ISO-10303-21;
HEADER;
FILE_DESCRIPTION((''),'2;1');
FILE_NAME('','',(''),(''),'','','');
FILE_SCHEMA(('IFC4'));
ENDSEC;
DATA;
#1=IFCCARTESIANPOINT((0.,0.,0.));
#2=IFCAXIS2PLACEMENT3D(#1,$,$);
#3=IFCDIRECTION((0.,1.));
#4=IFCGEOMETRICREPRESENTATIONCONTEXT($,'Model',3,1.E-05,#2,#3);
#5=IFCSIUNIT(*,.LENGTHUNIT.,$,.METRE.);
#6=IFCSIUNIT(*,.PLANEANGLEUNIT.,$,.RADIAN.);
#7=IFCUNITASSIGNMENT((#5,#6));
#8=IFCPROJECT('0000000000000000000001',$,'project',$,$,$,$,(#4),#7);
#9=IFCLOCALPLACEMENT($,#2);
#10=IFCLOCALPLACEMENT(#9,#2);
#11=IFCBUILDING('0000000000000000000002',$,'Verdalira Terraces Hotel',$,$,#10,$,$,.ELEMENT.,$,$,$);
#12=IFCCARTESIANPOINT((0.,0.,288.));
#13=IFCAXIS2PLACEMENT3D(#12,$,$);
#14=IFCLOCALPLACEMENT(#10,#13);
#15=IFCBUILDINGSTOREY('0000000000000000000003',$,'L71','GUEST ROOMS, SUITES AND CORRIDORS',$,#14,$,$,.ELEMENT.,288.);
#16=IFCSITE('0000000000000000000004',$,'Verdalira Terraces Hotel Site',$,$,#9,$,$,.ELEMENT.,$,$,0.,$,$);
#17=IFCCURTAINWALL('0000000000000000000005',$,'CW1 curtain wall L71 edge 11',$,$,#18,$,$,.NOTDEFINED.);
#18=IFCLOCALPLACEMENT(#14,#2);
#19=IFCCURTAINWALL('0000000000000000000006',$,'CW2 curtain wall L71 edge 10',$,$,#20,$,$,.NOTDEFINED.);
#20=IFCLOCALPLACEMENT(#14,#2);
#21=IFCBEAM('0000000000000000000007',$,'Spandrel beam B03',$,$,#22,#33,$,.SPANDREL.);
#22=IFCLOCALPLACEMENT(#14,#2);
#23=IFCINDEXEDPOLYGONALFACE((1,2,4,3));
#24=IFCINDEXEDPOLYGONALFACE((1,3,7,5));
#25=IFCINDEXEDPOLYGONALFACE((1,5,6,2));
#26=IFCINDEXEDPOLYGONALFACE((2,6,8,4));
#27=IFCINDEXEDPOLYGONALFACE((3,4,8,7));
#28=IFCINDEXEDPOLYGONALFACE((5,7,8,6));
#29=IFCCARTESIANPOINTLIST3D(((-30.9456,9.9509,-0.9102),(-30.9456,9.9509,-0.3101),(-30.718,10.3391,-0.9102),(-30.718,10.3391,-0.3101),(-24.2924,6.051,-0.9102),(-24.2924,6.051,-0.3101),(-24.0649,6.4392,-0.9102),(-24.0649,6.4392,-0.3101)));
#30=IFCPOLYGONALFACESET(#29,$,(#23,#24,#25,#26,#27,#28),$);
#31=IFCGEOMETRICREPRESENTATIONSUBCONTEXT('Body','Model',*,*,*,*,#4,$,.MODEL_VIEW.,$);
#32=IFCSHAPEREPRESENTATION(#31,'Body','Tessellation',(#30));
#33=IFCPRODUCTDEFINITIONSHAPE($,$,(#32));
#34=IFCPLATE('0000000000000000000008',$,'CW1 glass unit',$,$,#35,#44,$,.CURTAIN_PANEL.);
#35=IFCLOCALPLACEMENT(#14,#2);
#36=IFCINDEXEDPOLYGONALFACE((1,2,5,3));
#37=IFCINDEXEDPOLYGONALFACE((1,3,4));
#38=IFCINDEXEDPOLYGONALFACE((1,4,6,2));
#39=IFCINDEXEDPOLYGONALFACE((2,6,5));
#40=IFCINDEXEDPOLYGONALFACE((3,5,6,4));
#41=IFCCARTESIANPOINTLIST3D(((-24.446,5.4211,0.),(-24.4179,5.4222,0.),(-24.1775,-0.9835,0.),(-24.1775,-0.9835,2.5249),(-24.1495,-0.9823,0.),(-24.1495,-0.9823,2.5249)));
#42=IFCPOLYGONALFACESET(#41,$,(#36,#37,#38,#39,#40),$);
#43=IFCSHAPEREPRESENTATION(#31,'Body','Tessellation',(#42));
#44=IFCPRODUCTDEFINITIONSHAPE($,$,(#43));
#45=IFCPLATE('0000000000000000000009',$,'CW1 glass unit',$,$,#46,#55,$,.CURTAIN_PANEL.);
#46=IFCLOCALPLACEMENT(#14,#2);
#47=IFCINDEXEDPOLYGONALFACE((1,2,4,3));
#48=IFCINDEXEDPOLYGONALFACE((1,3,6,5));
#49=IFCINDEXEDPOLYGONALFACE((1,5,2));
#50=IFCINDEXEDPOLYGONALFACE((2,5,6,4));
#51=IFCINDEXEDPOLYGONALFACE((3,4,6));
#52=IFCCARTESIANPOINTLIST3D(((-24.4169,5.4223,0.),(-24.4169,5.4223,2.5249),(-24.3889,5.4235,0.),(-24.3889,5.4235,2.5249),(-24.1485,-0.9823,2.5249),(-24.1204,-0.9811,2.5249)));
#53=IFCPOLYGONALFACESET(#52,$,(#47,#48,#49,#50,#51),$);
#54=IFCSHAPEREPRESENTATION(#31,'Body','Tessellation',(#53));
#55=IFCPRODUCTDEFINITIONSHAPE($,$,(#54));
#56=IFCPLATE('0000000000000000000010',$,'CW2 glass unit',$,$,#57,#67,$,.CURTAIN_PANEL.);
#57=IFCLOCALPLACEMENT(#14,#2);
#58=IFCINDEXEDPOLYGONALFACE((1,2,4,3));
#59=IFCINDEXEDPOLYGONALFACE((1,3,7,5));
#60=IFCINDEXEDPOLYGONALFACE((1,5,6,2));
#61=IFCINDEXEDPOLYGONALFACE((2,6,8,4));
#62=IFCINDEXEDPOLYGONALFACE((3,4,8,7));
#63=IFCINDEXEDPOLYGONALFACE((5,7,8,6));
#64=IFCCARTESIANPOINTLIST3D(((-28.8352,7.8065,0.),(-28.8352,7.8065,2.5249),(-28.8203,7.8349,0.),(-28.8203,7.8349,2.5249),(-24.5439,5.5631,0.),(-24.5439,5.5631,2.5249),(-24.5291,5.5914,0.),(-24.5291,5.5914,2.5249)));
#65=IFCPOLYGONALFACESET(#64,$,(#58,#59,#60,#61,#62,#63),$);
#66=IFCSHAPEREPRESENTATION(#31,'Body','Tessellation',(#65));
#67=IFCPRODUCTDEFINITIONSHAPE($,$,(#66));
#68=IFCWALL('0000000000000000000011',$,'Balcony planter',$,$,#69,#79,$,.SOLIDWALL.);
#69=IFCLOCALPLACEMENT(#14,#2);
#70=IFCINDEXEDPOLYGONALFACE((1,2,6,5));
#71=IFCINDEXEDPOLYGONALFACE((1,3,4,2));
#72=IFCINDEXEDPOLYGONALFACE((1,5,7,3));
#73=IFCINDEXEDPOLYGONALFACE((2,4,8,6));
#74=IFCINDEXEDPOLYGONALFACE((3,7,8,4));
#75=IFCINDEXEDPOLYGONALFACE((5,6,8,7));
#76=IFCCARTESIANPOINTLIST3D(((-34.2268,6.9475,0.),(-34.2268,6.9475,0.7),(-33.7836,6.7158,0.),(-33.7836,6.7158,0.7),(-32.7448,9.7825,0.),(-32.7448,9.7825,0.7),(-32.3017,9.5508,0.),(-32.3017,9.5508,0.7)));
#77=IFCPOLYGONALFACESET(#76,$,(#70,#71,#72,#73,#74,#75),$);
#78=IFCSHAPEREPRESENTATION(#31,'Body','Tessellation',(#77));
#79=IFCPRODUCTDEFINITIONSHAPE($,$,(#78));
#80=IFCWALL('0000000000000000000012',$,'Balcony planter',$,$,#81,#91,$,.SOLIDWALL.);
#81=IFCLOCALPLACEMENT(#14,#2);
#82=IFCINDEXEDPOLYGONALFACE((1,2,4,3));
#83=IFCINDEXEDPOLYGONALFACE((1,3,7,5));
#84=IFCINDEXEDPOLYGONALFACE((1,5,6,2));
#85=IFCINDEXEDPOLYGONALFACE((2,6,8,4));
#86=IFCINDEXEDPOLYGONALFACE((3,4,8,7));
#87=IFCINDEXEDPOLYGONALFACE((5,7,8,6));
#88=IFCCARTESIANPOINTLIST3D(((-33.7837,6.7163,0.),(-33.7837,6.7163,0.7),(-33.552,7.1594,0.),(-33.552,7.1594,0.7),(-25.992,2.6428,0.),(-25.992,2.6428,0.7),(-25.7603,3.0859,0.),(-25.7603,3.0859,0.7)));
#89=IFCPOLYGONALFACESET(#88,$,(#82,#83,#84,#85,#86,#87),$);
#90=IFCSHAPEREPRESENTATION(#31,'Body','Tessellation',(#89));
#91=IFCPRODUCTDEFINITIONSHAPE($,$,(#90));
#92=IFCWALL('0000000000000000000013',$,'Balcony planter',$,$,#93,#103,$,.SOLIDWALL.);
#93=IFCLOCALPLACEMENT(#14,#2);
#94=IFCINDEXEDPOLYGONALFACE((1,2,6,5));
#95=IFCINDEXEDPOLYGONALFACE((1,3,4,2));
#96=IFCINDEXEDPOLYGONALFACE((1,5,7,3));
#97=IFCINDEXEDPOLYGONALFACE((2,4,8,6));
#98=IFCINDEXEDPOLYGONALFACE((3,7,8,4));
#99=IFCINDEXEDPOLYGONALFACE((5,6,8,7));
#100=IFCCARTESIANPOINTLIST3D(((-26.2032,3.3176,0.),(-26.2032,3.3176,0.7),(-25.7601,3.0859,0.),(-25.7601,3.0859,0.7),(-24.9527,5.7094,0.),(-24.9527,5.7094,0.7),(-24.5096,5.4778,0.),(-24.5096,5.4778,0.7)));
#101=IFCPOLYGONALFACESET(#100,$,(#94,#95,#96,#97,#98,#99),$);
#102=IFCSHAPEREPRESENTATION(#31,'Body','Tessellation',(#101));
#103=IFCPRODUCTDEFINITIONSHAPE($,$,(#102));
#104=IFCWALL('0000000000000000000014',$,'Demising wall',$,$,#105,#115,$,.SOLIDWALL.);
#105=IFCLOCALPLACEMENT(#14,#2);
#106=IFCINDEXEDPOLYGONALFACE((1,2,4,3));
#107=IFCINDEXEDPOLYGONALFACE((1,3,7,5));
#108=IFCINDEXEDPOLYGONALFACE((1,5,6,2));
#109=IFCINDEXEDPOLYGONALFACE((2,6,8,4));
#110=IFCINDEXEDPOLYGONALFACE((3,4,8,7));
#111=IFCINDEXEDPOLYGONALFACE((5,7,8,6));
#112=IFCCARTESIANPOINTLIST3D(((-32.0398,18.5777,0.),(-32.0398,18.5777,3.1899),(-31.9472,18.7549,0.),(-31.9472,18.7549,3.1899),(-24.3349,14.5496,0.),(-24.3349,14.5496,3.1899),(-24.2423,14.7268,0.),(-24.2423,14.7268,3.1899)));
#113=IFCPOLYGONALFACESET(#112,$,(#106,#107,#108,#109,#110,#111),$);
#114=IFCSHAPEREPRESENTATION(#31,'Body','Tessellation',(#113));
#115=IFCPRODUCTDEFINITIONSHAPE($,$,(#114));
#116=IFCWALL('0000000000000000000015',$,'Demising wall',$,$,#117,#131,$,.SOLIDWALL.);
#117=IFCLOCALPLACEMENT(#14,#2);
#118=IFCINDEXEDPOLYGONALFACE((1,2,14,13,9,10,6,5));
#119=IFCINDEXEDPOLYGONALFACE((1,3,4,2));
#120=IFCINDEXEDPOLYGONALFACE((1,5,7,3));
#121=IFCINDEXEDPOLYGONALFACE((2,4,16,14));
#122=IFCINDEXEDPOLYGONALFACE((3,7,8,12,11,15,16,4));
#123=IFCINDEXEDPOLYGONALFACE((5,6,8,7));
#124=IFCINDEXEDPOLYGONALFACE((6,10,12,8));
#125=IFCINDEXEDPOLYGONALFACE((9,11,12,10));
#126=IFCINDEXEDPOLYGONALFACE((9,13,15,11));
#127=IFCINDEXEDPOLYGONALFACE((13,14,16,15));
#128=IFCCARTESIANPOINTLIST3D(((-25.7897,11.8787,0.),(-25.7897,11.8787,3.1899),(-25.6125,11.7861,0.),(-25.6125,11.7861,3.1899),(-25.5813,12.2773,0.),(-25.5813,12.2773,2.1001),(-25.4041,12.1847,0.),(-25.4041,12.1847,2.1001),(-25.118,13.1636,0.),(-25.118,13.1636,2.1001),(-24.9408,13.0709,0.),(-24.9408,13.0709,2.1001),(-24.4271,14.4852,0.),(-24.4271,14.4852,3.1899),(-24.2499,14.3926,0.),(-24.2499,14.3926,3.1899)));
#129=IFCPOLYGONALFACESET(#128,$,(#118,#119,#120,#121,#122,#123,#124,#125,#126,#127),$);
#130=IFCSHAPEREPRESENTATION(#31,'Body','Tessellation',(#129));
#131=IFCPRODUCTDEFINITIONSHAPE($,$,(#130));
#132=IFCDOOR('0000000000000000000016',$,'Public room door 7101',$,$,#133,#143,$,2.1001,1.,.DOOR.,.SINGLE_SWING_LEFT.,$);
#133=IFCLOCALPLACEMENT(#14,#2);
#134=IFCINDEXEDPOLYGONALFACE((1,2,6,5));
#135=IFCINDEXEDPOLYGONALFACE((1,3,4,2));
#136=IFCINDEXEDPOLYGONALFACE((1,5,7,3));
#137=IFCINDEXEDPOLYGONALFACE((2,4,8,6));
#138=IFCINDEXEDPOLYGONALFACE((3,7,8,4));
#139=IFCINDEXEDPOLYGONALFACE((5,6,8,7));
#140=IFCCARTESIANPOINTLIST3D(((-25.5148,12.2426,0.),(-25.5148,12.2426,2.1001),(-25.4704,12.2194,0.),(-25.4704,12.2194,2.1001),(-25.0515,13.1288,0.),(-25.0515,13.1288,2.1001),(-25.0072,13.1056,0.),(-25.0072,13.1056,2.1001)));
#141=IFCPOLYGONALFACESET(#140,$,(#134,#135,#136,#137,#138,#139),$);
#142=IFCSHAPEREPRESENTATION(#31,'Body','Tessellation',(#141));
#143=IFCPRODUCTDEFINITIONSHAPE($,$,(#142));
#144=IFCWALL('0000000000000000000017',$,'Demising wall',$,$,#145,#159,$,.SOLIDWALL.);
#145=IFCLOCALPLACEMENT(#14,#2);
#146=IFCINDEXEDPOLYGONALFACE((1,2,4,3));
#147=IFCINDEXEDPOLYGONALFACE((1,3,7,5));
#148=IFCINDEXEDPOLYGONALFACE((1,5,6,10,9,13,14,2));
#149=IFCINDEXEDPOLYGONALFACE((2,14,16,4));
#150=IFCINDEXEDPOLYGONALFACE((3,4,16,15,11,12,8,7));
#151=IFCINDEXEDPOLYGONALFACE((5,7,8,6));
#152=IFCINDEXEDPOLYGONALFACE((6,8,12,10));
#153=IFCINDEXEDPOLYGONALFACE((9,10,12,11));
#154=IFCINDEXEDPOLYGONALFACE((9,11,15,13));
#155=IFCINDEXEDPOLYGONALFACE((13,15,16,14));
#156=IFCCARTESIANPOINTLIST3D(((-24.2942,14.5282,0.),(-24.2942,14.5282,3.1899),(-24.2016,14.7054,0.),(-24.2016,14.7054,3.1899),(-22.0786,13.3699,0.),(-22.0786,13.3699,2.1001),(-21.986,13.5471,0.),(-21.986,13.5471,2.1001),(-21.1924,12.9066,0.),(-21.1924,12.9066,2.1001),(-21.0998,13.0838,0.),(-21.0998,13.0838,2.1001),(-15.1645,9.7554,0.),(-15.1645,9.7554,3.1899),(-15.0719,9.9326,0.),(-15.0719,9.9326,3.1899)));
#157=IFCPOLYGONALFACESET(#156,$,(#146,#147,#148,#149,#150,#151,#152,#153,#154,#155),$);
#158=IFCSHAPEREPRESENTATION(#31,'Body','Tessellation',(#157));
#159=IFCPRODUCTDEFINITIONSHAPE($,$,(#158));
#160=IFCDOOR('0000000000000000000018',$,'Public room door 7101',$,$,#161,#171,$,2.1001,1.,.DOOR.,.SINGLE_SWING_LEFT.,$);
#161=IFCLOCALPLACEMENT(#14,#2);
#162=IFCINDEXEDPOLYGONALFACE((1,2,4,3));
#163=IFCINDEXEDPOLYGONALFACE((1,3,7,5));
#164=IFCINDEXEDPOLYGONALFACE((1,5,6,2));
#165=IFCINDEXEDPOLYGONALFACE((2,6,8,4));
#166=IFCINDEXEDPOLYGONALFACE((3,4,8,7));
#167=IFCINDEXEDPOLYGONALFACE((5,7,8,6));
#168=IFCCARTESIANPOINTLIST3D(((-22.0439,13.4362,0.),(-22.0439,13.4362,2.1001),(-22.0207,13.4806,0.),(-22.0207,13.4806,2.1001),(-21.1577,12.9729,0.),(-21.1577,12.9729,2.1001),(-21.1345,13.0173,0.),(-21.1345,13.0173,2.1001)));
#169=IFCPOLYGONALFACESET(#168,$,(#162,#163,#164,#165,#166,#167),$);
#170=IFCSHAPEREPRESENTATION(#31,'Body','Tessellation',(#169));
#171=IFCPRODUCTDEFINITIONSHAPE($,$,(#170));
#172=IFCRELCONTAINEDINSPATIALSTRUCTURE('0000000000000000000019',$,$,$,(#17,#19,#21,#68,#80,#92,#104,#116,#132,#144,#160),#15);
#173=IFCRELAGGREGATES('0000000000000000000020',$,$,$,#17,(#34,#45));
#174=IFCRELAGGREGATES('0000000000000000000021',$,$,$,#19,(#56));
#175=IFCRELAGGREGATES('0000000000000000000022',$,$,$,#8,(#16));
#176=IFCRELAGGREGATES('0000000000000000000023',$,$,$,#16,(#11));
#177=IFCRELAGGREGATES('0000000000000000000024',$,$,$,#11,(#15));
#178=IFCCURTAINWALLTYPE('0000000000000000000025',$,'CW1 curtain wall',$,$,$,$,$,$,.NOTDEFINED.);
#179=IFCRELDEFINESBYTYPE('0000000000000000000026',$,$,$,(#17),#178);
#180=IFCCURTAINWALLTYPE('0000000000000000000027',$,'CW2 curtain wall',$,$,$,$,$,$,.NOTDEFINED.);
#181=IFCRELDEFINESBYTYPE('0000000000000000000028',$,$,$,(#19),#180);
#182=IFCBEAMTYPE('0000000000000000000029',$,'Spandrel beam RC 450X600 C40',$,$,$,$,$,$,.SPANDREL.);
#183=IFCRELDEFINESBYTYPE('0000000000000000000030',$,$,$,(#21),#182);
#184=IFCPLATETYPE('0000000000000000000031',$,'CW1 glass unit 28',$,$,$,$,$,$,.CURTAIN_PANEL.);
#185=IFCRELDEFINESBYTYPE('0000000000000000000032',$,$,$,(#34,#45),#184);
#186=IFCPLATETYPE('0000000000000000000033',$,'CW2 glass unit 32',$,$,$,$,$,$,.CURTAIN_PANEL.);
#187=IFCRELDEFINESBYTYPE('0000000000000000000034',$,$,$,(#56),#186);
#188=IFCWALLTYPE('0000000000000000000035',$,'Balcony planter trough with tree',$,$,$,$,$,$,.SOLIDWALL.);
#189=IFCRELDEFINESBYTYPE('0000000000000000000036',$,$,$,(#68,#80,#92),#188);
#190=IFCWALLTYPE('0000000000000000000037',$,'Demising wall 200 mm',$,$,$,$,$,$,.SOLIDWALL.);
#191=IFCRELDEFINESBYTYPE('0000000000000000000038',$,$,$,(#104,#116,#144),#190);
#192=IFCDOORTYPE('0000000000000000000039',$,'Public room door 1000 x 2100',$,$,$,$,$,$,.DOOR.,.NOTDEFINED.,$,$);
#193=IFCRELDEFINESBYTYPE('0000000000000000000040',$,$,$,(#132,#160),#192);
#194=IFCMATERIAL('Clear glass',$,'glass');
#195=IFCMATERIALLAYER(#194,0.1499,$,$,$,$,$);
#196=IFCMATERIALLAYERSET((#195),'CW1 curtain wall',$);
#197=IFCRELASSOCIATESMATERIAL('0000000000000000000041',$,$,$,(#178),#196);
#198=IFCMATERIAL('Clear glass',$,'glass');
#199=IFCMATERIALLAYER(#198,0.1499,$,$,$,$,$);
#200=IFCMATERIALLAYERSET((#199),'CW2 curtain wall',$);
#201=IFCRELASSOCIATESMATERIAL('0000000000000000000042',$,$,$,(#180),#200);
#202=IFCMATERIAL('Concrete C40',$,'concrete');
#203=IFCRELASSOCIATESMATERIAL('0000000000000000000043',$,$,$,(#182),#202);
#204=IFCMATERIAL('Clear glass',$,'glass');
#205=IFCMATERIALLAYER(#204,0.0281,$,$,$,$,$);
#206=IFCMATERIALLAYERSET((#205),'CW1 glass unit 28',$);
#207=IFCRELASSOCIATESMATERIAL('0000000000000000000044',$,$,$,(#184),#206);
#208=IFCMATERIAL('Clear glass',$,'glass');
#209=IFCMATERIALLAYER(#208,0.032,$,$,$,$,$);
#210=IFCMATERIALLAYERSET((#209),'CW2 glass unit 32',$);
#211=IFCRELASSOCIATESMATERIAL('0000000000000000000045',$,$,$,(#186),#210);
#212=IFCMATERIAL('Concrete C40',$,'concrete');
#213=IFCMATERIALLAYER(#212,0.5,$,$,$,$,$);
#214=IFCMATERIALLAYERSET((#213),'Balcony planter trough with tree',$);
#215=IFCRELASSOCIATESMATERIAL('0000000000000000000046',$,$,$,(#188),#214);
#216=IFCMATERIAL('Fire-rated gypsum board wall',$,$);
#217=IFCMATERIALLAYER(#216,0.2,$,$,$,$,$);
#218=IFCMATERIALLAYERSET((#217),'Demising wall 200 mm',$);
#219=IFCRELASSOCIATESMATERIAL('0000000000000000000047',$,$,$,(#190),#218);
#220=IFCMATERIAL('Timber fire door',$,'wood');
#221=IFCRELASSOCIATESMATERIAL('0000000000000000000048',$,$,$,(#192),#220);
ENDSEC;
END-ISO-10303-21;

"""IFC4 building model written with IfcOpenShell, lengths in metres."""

from ifc_helpers import new_model, si_unit, direction, frame, frame_2d, origin, origin_2d, place, context, subcontext, project, spatial, polyline, rectangle, outline, extrude, material, layer, layer_set, material_profile, profile_set, type_object, element, fill, aggregate, save


model = new_model("IFC4")

# Units and contexts
model_context = context("Model", 3, precision=1e-05, world=origin(), true_north=direction((0.0, 1.0)))
body_context = subcontext(model_context, "Body", "Model", "MODEL_VIEW")
ifc_project = project(units=[si_unit("LENGTHUNIT", "METRE"), si_unit("PLANEANGLEUNIT", "RADIAN")], contexts=[model_context])

# Site, building, storey
site_placement = place(None, origin())
site = spatial("IfcSite", under=ifc_project, at=site_placement, Name="Verdalira Terraces Hotel Site", CompositionType="ELEMENT", RefElevation=0.0)
building_placement = place(site_placement, origin())
building = spatial("IfcBuilding", under=site, at=building_placement, Name="Verdalira Terraces Hotel", CompositionType="ELEMENT")
storey_placement = place(building_placement, frame((0.0, 0.0, 288.0)))
storey = spatial("IfcBuildingStorey", under=building, at=storey_placement, Name="L71", Description="GUEST ROOMS, SUITES AND CORRIDORS", CompositionType="ELEMENT", Elevation=288.0)

# Curtain walls
ifc_material_1 = material(Name="Clear glass", Category="glass")
ifc_layer_1 = layer(ifc_material_1, 0.1499)
ifc_layer_set_1 = layer_set([ifc_layer_1], Name="CW1 curtain wall")
curtain_wall_type_1 = type_object("IfcCurtainWallType", Name="CW1 curtain wall", PredefinedType="NOTDEFINED", material=ifc_layer_set_1)
curtain_wall_1_placement = place(storey_placement, origin())
curtain_wall_1 = element("IfcCurtainWall", 1, at=curtain_wall_1_placement, inside=storey, type_object=curtain_wall_type_1, Name="CW1 curtain wall L71 edge 11", PredefinedType="NOTDEFINED")
ifc_material_2 = material(Name="Clear glass", Category="glass")
ifc_layer_2 = layer(ifc_material_2, 0.1499)
ifc_layer_set_2 = layer_set([ifc_layer_2], Name="CW2 curtain wall")
curtain_wall_type_2 = type_object("IfcCurtainWallType", Name="CW2 curtain wall", PredefinedType="NOTDEFINED", material=ifc_layer_set_2)
curtain_wall_2_placement = place(storey_placement, origin())
curtain_wall_2 = element("IfcCurtainWall", 2, at=curtain_wall_2_placement, inside=storey, type_object=curtain_wall_type_2, Name="CW2 curtain wall L71 edge 10", PredefinedType="NOTDEFINED")

# Beam
ifc_material_3 = material(Name="Concrete C40", Category="concrete")
ifc_material_profile_1 = material_profile(ifc_material_3, rectangle(XDim=0.45, YDim=0.6001, at=origin_2d()), Name="RC 450X600")
ifc_profile_set_1 = profile_set([ifc_material_profile_1], Name="Concrete C40")
beam_type_1 = type_object("IfcBeamType", Name="Spandrel beam RC 450X600 C40", PredefinedType="SPANDREL", material=ifc_profile_set_1)
beam_1_placement = place(storey_placement, frame((-30.8318, 10.145, -0.6101), z_axis=(0.862708, -0.505702, 0.0), x_axis=(0.505702, 0.862708, 0.0)))
element("IfcBeam", 3, at=beam_1_placement, inside=storey, type_object=beam_type_1, Name="Spandrel beam B03", PredefinedType="SPANDREL", context=body_context, shape_type="SweptSolid", body=[
    extrude(rectangle(XDim=0.45, YDim=0.6001, at=origin_2d()), origin(), (0.0, 0.0, 1.0), 7.7119),
])

# Plates
ifc_material_4 = material(Name="Clear glass", Category="glass")
ifc_layer_3 = layer(ifc_material_4, 0.0281)
ifc_layer_set_3 = layer_set([ifc_layer_3], Name="CW1 glass unit 28")
plate_type_1 = type_object("IfcPlateType", Name="CW1 glass unit 28", PredefinedType="CURTAIN_PANEL", material=ifc_layer_set_3)
plate_1_placement = place(storey_placement, frame((-24.2837, 2.22, 1.2625), z_axis=(-0.999123, -0.041876, 0.0), x_axis=(0.041876, -0.999123, 0.0)))
plate_1 = element("IfcPlate", 4, at=plate_1_placement, type_object=plate_type_1, Name="CW1 glass unit", PredefinedType="CURTAIN_PANEL", context=body_context, shape_type="SweptSolid", body=[
    extrude(outline(polyline([(-3.2051, -1.2625), (3.2051, -1.2625), (3.2051, 1.2625), (-3.2051, -1.2625)])), origin(), (0.0, 0.0, 1.0), 0.0281),
])
plate_2_placement = place(storey_placement, frame((-24.2546, 2.2212, 1.2625), z_axis=(-0.999123, -0.041876, 0.0), x_axis=(0.041876, -0.999123, 0.0)))
plate_2 = element("IfcPlate", 5, at=plate_2_placement, type_object=plate_type_1, Name="CW1 glass unit", PredefinedType="CURTAIN_PANEL", context=body_context, shape_type="SweptSolid", body=[
    extrude(outline(polyline([(-3.2051, -1.2625), (3.2051, 1.2625), (-3.2051, 1.2625), (-3.2051, -1.2625)])), origin(), (0.0, 0.0, 1.0), 0.0281),
])
aggregate(curtain_wall_1, [plate_1, plate_2])
ifc_material_5 = material(Name="Clear glass", Category="glass")
ifc_layer_4 = layer(ifc_material_5, 0.032)
ifc_layer_set_4 = layer_set([ifc_layer_4], Name="CW2 glass unit 32")
plate_type_2 = type_object("IfcPlateType", Name="CW2 glass unit 32", PredefinedType="CURTAIN_PANEL", material=ifc_layer_set_4)
plate_3_placement = place(storey_placement, frame((-26.6821, 6.699, 0.0), z_axis=(0.0, 0.0, 1.0), x_axis=(0.886204, -0.463296, 0.0)))
plate_3 = element("IfcPlate", 6, at=plate_3_placement, type_object=plate_type_2, Name="CW2 glass unit", PredefinedType="CURTAIN_PANEL", context=body_context, shape_type="SweptSolid", body=[
    extrude(rectangle(XDim=4.8423, YDim=0.032, at=origin_2d()), origin(), (0.0, 0.0, 1.0), 2.5249),
])
aggregate(curtain_wall_2, [plate_3])

# Walls
ifc_material_6 = material(Name="Concrete C40", Category="concrete")
ifc_layer_5 = layer(ifc_material_6, 0.5)
ifc_layer_set_5 = layer_set([ifc_layer_5], Name="Balcony planter trough with tree")
wall_type_1 = type_object("IfcWallType", Name="Balcony planter trough with tree", PredefinedType="SOLIDWALL", material=ifc_layer_set_5)
wall_1_placement = place(storey_placement, frame((-32.5232, 9.6667, 0.0), z_axis=(0.0, 0.0, 1.0), x_axis=(-0.46326, -0.886223, 0.0)))
element("IfcWall", 7, at=wall_1_placement, inside=storey, type_object=wall_type_1, Name="Balcony planter", PredefinedType="SOLIDWALL", context=body_context, shape_type="SweptSolid", body=[
    extrude(rectangle(XDim=3.199, YDim=0.5, at=frame_2d((1.5996, 0.0))), origin(), (0.0, 0.0, 1.0), 0.7),
])
wall_2_placement = place(storey_placement, frame((-33.6677, 6.9377, 0.0), z_axis=(0.0, 0.0, 1.0), x_axis=(0.886201, -0.463301, 0.0)))
element("IfcWall", 8, at=wall_2_placement, inside=storey, type_object=wall_type_1, Name="Balcony planter", PredefinedType="SOLIDWALL", context=body_context, shape_type="SweptSolid", body=[
    extrude(rectangle(XDim=8.7922, YDim=0.5, at=frame_2d((4.396, 0.0))), origin(), (0.0, 0.0, 1.0), 0.7),
])
wall_3_placement = place(storey_placement, frame((-25.9817, 3.2017, 0.0), z_axis=(0.0, 0.0, 1.0), x_axis=(0.463314, 0.886194, 0.0)))
element("IfcWall", 9, at=wall_3_placement, inside=storey, type_object=wall_type_1, Name="Balcony planter", PredefinedType="SOLIDWALL", context=body_context, shape_type="SweptSolid", body=[
    extrude(rectangle(XDim=2.699, YDim=0.5, at=frame_2d((1.3496, 0.0))), origin(), (0.0, 0.0, 1.0), 0.7),
])
ifc_material_7 = material(Name="Fire-rated gypsum board wall")
ifc_layer_6 = layer(ifc_material_7, 0.2)
ifc_layer_set_6 = layer_set([ifc_layer_6], Name="Demising wall 200 mm")
wall_type_2 = type_object("IfcWallType", Name="Demising wall 200 mm", PredefinedType="SOLIDWALL", material=ifc_layer_set_6)
wall_4_placement = place(storey_placement, frame((-24.2886, 14.6382, 0.0), z_axis=(0.0, 0.0, 1.0), x_axis=(-0.8862, 0.463304, 0.0)))
element("IfcWall", 10, at=wall_4_placement, inside=storey, type_object=wall_type_2, Name="Demising wall", PredefinedType="SOLIDWALL", context=body_context, shape_type="SweptSolid", body=[
    extrude(rectangle(XDim=8.6943, YDim=0.2, at=frame_2d((4.3472, 0.0))), origin(), (0.0, 0.0, 1.0), 3.1899),
])

# Walls, openings, doors
wall_5_placement = place(storey_placement, frame((-25.7012, 11.8323, 0.0), z_axis=(0.0, 0.0, 1.0), x_axis=(0.463278, 0.886213, 0.0)))
wall_5 = element("IfcWall", 11, at=wall_5_placement, inside=storey, type_object=wall_type_2, Name="Demising wall", PredefinedType="SOLIDWALL", context=body_context, shape_type="SweptSolid", body=[
    extrude(rectangle(XDim=2.9412, YDim=0.2, at=frame_2d((1.4707, 0.0))), origin(), (0.0, 0.0, 1.0), 3.1899),
])
opening_1_placement = place(wall_5_placement, frame((0.45, 0.0, 0.0)))
opening_1 = element("IfcOpeningElement", 12, at=opening_1_placement, cuts=wall_5, PredefinedType="OPENING", context=body_context, shape_type="SweptSolid", body=[
    extrude(rectangle(XDim=1.0, YDim=2.1001, at=frame_2d((0.5, 1.05))), frame((0.0, 0.1099, 0.0), z_axis=(0.0, -1.0, 0.0), x_axis=(1.0, 0.0, 0.0)), (0.0, 0.0, 1.0), 0.22),
])
ifc_material_8 = material(Name="Timber fire door", Category="wood")
door_type_1 = type_object("IfcDoorType", Name="Public room door 1000 x 2100", OperationType="NOTDEFINED", PredefinedType="DOOR", material=ifc_material_8)
door_1_placement = place(opening_1_placement, origin())
door_1 = element("IfcDoor", 13, at=door_1_placement, inside=storey, type_object=door_type_1, Name="Public room door 7101", OperationType="SINGLE_SWING_LEFT", OverallHeight=2.1001, OverallWidth=1.0, PredefinedType="DOOR", context=body_context, shape_type="SweptSolid", body=[
    extrude(rectangle(XDim=1.0, YDim=2.1001, at=frame_2d((0.5, 1.05))), frame((0.0, 0.0249, 0.0), z_axis=(0.0, -1.0, 0.0), x_axis=(1.0, 0.0, 0.0)), (0.0, 0.0, 1.0), 0.05),
])
fill(opening_1, door_1)
wall_6_placement = place(storey_placement, frame((-24.2478, 14.6167, 0.0), z_axis=(0.0, 0.0, 1.0), x_axis=(0.88621, -0.463284, 0.0)))
wall_6 = element("IfcWall", 14, at=wall_6_placement, inside=storey, type_object=wall_type_2, Name="Demising wall", PredefinedType="SOLIDWALL", context=body_context, shape_type="SweptSolid", body=[
    extrude(rectangle(XDim=10.302, YDim=0.2, at=frame_2d((5.1509, 0.0))), origin(), (0.0, 0.0, 1.0), 3.1899),
])
opening_2_placement = place(wall_6_placement, frame((2.5, 0.0, 0.0)))
opening_2 = element("IfcOpeningElement", 15, at=opening_2_placement, cuts=wall_6, PredefinedType="OPENING", context=body_context, shape_type="SweptSolid", body=[
    extrude(rectangle(XDim=1.0, YDim=2.1001, at=frame_2d((0.5, 1.05))), frame((0.0, 0.1099, 0.0), z_axis=(0.0, -1.0, 0.0), x_axis=(1.0, 0.0, 0.0)), (0.0, 0.0, 1.0), 0.22),
])
door_2_placement = place(opening_2_placement, origin())
door_2 = element("IfcDoor", 16, at=door_2_placement, inside=storey, type_object=door_type_1, Name="Public room door 7101", OperationType="SINGLE_SWING_LEFT", OverallHeight=2.1001, OverallWidth=1.0, PredefinedType="DOOR", context=body_context, shape_type="SweptSolid", body=[
    extrude(rectangle(XDim=1.0, YDim=2.1001, at=frame_2d((0.5, 1.05))), frame((0.0, 0.0249, 0.0), z_axis=(0.0, -1.0, 0.0), x_axis=(1.0, 0.0, 0.0)), (0.0, 0.0, 1.0), 0.05),
])
fill(opening_2, door_2)

save(model, "model.ifc")
